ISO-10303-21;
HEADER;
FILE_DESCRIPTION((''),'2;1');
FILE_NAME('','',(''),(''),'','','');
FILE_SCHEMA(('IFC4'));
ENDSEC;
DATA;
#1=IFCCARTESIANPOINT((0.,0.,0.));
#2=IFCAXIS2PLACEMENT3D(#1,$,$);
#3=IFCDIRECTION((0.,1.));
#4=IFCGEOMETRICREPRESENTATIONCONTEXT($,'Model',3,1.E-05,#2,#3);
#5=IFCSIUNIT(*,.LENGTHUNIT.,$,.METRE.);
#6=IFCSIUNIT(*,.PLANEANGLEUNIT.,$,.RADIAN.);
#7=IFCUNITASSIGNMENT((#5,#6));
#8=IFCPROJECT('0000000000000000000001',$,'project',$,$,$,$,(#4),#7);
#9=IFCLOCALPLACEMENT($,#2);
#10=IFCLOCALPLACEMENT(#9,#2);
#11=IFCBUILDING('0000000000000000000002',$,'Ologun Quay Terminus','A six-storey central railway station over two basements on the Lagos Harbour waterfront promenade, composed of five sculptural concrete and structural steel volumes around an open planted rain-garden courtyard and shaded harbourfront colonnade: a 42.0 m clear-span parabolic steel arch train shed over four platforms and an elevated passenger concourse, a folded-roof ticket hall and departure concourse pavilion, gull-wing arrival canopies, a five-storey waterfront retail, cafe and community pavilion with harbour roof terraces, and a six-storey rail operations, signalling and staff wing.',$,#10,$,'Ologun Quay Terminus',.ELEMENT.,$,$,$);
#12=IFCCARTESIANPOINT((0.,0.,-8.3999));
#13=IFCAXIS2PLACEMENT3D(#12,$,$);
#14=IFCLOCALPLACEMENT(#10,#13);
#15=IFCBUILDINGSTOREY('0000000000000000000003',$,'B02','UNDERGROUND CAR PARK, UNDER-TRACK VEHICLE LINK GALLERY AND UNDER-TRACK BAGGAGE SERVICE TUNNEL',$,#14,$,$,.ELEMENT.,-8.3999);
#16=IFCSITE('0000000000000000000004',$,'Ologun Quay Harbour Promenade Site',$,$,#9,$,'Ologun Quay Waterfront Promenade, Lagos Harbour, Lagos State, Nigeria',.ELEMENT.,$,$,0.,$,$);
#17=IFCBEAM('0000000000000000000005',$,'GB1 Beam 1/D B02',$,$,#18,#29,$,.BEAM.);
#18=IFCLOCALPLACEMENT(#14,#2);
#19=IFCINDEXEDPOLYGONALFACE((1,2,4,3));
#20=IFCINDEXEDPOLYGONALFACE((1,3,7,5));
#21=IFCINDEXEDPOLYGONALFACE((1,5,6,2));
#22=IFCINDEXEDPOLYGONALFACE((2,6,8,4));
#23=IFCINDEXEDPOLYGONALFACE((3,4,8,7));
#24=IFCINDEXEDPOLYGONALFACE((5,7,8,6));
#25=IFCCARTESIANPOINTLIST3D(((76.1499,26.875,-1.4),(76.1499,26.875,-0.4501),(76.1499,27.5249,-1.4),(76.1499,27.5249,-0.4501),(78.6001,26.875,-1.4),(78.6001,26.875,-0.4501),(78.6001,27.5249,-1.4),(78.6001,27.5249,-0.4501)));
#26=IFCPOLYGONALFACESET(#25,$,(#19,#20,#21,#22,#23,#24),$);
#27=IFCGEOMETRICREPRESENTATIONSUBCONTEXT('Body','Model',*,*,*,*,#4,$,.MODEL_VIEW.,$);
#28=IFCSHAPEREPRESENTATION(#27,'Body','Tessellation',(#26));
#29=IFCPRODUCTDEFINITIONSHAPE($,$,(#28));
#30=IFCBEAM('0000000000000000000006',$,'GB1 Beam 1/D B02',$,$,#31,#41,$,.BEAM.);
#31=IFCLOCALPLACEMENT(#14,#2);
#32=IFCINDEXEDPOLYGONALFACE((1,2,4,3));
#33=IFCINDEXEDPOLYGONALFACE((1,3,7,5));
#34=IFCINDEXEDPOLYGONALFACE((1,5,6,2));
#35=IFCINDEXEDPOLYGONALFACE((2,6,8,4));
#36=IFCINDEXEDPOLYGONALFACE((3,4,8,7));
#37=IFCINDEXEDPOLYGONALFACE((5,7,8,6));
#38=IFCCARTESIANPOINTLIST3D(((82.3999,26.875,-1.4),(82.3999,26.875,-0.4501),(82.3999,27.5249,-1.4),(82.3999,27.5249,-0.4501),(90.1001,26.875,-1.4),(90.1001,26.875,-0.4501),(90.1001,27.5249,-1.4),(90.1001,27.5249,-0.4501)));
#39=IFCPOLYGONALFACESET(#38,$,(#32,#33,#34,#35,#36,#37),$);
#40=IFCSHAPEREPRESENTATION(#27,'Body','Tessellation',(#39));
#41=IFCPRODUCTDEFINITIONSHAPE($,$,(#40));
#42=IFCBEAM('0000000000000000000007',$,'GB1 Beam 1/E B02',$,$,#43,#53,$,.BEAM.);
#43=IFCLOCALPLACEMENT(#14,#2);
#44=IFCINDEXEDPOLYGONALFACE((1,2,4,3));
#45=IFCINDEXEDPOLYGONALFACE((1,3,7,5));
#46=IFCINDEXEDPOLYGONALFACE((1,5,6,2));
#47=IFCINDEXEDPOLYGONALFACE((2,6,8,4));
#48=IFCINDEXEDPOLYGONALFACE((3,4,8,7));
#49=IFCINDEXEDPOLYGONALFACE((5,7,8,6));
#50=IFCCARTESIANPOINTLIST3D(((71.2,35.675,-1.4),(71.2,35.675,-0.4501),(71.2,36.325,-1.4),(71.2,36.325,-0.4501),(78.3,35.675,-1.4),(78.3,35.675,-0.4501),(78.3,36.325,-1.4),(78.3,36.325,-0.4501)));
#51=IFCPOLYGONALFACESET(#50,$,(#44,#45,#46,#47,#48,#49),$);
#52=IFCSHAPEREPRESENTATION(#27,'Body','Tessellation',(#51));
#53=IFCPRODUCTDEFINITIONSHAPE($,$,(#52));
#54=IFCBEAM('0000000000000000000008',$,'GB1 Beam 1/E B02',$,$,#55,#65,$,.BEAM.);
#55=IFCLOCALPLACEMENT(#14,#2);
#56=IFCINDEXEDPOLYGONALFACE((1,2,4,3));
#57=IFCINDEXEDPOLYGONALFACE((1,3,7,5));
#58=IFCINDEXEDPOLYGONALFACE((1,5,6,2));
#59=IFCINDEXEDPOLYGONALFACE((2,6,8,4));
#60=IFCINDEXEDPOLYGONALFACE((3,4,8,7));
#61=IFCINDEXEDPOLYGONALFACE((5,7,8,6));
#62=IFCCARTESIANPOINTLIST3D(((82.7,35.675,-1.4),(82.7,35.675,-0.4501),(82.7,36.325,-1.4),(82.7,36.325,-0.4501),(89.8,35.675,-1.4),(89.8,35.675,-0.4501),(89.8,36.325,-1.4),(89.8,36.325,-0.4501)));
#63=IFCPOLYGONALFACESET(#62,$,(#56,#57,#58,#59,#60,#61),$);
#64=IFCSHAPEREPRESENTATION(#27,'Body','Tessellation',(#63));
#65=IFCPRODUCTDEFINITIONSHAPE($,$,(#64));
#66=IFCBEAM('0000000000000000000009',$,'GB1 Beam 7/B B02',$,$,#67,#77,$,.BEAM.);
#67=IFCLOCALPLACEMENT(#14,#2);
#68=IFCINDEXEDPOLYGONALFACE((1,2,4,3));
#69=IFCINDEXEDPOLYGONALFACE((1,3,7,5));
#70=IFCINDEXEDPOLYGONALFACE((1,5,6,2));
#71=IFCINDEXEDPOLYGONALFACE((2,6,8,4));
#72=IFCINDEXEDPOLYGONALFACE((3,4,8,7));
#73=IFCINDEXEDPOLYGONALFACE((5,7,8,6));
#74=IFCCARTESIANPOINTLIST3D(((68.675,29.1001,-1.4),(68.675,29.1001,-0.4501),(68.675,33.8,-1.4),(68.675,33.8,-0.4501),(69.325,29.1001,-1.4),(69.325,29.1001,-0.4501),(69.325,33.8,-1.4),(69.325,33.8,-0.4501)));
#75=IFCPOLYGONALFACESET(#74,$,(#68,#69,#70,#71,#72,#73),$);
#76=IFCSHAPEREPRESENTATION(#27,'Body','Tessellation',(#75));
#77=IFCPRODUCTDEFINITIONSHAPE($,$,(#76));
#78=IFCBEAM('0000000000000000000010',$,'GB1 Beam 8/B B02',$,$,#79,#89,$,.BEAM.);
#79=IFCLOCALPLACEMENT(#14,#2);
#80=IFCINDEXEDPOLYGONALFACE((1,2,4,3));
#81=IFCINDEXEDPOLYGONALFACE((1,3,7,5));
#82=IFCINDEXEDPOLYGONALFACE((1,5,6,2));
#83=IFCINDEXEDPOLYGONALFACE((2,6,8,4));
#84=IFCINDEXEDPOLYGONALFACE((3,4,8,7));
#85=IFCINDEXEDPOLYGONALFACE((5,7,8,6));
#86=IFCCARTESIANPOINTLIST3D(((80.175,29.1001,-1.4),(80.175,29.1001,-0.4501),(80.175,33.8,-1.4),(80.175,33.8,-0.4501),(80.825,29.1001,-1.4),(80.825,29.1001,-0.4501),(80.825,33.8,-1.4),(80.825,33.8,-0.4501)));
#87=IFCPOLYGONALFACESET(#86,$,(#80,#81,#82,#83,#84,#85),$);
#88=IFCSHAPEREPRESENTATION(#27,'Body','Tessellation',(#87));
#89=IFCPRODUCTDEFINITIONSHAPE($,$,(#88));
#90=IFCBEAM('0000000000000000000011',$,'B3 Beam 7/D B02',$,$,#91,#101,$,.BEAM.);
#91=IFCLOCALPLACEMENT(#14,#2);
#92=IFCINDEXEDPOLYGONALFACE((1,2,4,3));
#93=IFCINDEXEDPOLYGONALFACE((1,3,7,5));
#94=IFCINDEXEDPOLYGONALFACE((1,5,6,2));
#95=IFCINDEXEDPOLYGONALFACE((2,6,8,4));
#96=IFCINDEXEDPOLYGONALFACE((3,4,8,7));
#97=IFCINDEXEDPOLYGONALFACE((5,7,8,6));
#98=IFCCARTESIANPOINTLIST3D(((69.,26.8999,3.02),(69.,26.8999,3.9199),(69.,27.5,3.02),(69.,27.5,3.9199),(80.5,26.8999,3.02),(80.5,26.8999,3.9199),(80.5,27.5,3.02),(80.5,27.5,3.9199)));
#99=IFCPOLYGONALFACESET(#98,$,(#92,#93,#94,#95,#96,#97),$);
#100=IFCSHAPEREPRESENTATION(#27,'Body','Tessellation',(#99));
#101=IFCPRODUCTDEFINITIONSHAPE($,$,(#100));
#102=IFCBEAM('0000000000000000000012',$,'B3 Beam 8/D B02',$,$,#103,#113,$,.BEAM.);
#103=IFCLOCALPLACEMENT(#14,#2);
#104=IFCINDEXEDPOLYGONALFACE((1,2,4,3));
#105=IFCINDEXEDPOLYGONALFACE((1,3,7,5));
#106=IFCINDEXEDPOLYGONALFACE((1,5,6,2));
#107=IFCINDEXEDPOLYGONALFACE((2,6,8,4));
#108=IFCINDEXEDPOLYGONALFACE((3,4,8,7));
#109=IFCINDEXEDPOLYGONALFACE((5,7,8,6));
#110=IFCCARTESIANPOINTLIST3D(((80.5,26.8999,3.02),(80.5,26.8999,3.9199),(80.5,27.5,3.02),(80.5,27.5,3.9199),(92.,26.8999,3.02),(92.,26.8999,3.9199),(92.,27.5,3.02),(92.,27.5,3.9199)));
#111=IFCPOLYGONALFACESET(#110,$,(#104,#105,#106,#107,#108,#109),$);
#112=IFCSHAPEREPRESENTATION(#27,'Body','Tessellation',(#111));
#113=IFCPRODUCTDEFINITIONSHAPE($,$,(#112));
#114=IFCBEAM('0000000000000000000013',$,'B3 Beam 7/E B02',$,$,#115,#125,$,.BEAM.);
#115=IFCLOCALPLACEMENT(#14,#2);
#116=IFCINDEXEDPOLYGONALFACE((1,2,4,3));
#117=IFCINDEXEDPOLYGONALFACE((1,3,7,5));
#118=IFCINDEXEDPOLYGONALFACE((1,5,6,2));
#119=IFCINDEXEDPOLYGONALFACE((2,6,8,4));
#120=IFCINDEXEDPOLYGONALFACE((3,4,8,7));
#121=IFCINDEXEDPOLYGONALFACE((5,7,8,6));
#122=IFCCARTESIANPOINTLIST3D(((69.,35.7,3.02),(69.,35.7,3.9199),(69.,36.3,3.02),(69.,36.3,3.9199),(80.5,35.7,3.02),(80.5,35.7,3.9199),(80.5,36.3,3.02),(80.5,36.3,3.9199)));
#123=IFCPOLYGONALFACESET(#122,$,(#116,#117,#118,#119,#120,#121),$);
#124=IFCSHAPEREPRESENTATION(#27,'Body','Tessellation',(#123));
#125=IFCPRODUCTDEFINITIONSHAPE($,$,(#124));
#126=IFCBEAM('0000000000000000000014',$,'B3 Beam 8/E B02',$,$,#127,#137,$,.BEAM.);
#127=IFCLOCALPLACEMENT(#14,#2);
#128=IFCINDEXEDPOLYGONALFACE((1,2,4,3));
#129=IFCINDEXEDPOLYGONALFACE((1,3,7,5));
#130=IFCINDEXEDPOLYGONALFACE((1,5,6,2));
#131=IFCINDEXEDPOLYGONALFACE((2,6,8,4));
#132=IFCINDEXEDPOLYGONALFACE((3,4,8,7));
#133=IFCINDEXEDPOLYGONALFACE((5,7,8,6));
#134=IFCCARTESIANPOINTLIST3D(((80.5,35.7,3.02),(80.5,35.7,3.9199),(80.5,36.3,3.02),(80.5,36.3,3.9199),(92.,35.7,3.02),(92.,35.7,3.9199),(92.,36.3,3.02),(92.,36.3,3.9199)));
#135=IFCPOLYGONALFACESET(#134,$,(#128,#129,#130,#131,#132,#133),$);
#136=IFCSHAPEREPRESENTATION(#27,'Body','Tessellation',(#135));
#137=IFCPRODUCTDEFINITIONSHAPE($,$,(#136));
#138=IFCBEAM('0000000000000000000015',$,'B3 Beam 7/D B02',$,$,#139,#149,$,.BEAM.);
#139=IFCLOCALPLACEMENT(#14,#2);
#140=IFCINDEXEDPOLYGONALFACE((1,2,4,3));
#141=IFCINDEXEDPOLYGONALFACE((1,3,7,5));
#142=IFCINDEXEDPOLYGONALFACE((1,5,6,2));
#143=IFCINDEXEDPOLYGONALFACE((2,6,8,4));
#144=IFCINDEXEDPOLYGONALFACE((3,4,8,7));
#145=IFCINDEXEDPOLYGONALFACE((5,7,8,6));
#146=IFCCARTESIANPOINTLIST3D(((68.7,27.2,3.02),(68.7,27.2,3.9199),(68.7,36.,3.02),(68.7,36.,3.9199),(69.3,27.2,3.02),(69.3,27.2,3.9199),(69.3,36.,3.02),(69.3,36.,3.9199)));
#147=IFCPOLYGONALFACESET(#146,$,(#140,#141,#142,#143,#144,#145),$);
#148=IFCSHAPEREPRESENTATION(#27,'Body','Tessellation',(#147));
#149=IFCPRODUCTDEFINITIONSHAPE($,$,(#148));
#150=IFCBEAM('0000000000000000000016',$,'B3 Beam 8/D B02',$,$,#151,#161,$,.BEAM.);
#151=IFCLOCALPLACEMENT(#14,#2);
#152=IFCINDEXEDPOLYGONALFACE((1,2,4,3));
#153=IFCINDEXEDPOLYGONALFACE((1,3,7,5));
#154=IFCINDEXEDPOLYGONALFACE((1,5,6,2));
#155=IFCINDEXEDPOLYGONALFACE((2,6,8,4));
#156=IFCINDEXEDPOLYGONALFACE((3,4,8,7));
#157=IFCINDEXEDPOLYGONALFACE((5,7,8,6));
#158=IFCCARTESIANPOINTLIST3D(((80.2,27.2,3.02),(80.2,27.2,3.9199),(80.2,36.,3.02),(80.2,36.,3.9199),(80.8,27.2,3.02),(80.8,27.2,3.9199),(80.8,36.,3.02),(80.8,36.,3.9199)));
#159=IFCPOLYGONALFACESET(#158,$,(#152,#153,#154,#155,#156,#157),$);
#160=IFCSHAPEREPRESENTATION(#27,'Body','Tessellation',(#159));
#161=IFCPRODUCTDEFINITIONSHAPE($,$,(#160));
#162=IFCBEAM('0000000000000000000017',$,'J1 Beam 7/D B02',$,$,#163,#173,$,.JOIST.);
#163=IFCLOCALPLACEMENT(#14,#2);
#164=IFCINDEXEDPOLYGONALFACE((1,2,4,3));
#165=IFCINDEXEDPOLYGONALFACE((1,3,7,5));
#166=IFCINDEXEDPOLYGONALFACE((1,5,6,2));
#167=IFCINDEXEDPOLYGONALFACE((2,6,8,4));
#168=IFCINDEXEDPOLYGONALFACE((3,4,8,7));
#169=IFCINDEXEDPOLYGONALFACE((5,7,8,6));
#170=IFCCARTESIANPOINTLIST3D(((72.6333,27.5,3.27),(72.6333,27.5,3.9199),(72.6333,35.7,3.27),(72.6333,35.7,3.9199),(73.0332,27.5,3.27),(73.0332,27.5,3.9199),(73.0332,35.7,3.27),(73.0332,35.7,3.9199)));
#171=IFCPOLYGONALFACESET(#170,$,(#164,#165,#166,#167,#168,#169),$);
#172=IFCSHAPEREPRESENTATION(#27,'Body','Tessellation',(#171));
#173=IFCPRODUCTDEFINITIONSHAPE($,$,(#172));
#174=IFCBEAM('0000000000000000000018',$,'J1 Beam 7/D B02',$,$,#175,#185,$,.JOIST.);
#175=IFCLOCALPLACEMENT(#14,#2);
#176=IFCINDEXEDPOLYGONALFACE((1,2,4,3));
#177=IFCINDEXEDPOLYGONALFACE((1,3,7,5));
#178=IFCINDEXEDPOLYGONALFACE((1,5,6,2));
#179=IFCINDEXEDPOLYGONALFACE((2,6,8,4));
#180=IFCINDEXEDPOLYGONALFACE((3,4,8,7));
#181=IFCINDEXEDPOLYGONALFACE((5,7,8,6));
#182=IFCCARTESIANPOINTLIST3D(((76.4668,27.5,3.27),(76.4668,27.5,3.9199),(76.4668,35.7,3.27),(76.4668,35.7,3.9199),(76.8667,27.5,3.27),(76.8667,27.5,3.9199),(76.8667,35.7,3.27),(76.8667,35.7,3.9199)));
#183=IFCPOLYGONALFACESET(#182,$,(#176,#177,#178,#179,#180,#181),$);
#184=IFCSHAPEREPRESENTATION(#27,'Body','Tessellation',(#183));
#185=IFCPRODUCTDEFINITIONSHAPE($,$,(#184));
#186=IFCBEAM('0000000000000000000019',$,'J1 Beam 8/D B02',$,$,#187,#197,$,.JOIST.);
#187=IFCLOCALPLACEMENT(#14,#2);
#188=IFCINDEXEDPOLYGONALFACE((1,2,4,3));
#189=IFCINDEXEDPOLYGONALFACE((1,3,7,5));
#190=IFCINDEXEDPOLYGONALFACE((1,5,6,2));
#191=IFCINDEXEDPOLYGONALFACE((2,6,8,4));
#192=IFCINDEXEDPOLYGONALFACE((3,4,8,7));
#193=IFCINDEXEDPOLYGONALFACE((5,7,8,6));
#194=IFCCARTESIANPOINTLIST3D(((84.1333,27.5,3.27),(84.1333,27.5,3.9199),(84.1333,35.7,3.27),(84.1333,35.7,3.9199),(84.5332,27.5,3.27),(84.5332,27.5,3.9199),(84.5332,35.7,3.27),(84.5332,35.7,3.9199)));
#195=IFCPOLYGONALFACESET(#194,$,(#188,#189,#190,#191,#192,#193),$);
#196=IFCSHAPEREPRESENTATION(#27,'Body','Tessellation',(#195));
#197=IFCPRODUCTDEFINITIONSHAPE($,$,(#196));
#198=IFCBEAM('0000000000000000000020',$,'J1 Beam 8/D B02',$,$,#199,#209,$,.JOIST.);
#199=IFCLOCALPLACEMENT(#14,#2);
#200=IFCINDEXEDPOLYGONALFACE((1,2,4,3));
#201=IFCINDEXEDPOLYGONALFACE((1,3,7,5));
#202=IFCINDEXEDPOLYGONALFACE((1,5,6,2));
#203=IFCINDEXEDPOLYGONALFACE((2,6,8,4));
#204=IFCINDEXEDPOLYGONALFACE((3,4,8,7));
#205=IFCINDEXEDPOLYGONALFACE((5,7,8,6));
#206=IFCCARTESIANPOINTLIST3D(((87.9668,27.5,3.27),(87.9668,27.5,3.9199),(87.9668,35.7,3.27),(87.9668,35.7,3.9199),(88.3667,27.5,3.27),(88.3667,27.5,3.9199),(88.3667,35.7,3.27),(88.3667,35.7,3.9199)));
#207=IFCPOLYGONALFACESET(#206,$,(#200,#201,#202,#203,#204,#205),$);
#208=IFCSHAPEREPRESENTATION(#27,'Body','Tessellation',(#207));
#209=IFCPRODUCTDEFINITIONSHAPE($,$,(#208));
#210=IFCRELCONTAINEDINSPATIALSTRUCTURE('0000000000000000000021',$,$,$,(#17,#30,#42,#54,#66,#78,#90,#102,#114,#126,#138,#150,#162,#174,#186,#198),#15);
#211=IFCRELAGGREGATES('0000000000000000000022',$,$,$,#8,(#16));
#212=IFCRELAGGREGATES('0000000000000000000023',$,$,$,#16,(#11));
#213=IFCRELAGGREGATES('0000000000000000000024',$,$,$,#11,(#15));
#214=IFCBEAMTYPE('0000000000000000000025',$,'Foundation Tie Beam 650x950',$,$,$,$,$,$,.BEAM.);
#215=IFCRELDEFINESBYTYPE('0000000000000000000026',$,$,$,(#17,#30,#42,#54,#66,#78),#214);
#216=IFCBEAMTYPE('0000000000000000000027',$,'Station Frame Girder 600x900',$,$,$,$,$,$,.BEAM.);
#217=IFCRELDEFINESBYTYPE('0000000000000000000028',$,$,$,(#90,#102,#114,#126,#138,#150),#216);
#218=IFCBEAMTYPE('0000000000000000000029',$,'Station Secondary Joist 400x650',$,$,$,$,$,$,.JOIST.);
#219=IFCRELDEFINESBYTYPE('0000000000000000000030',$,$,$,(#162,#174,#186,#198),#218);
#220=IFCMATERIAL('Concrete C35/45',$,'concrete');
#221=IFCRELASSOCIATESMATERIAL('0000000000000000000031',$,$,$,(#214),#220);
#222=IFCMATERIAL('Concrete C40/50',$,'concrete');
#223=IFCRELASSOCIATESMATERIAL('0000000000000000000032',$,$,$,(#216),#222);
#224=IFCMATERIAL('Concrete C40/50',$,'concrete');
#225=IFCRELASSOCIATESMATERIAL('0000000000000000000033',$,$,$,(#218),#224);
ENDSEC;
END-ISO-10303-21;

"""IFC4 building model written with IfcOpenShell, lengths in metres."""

from ifc_helpers import new_model, si_unit, direction, frame, origin, origin_2d, place, context, subcontext, project, spatial, rectangle, extrude, material, material_profile, profile_set, type_object, element, save


model = new_model("IFC4")

# Units and contexts
model_context = context("Model", 3, precision=1e-05, world=origin(), true_north=direction((0.0, 1.0)))
body_context = subcontext(model_context, "Body", "Model", "MODEL_VIEW")
ifc_project = project(units=[si_unit("LENGTHUNIT", "METRE"), si_unit("PLANEANGLEUNIT", "RADIAN")], contexts=[model_context])

# Site, building, storey
site_placement = place(None, origin())
site = spatial("IfcSite", under=ifc_project, at=site_placement, Name="Ologun Quay Harbour Promenade Site", LongName="Ologun Quay Waterfront Promenade, Lagos Harbour, Lagos State, Nigeria", CompositionType="ELEMENT", RefElevation=0.0)
building_placement = place(site_placement, origin())
building = spatial("IfcBuilding", under=site, at=building_placement, Name="Ologun Quay Terminus", Description="A six-storey central railway station over two basements on the Lagos Harbour waterfront promenade, composed of five sculptural concrete and structural steel volumes around an open planted rain-garden courtyard and shaded harbourfront colonnade: a 42.0 m clear-span parabolic steel arch train shed over four platforms and an elevated passenger concourse, a folded-roof ticket hall and departure concourse pavilion, gull-wing arrival canopies, a five-storey waterfront retail, cafe and community pavilion with harbour roof terraces, and a six-storey rail operations, signalling and staff wing.", LongName="Ologun Quay Terminus", CompositionType="ELEMENT")
storey_placement = place(building_placement, frame((0.0, 0.0, -8.3999)))
storey = spatial("IfcBuildingStorey", under=building, at=storey_placement, Name="B02", Description="UNDERGROUND CAR PARK, UNDER-TRACK VEHICLE LINK GALLERY AND UNDER-TRACK BAGGAGE SERVICE TUNNEL", CompositionType="ELEMENT", Elevation=-8.3999)

# Beams
ifc_material_1 = material(Name="Concrete C35/45", Category="concrete")
ifc_material_profile_1 = material_profile(ifc_material_1, rectangle(XDim=0.6499, YDim=0.95, at=origin_2d()), Name="RC 650x950")
ifc_profile_set_1 = profile_set([ifc_material_profile_1], Name="Concrete C35/45")
beam_type_1 = type_object("IfcBeamType", Name="Foundation Tie Beam 650x950", PredefinedType="BEAM", material=ifc_profile_set_1)
for number, where, z_axis, x_axis, name in (
    (1, (76.1499, 27.2, -0.925), (1.0, 0.0, 0.0), (0.0, 1.0, 0.0), "GB1 Beam 1/D B02"),
):
    element("IfcBeam", number, at=place(storey_placement, frame(where, z_axis=z_axis, x_axis=x_axis)), inside=storey, type_object=beam_type_1, Name=name, PredefinedType="BEAM", context=body_context, shape_type="SweptSolid", body=[
        extrude(rectangle(XDim=0.6499, YDim=0.95, at=origin_2d()), origin(), (0.0, 0.0, 1.0), 2.4502),
    ])
beam_placement = place(storey_placement, frame((82.3999, 27.2, -0.925), z_axis=(1.0, 0.0, 0.0), x_axis=(0.0, 1.0, 0.0)))
element("IfcBeam", 2, at=beam_placement, inside=storey, type_object=beam_type_1, Name="GB1 Beam 1/D B02", PredefinedType="BEAM", context=body_context, shape_type="SweptSolid", body=[
    extrude(rectangle(XDim=0.6499, YDim=0.95, at=origin_2d()), origin(), (0.0, 0.0, 1.0), 7.7002),
])
for number, where, z_axis, x_axis, name in (
    (3, (71.2, 36.0, -0.925), (1.0, 0.0, 0.0), (0.0, 1.0, 0.0), "GB1 Beam 1/E B02"),
    (4, (82.7, 36.0, -0.925), (1.0, 0.0, 0.0), (0.0, 1.0, 0.0), "GB1 Beam 1/E B02"),
):
    element("IfcBeam", number, at=place(storey_placement, frame(where, z_axis=z_axis, x_axis=x_axis)), inside=storey, type_object=beam_type_1, Name=name, PredefinedType="BEAM", context=body_context, shape_type="SweptSolid", body=[
        extrude(rectangle(XDim=0.6499, YDim=0.95, at=origin_2d()), origin(), (0.0, 0.0, 1.0), 7.1001),
    ])
for number, where, z_axis, x_axis, name in (
    (5, (69.0, 29.1001, -0.925), (0.0, 1.0, 0.0), (-1.0, 0.0, 0.0), "GB1 Beam 7/B B02"),
    (6, (80.5, 29.1001, -0.925), (0.0, 1.0, 0.0), (-1.0, 0.0, 0.0), "GB1 Beam 8/B B02"),
):
    element("IfcBeam", number, at=place(storey_placement, frame(where, z_axis=z_axis, x_axis=x_axis)), inside=storey, type_object=beam_type_1, Name=name, PredefinedType="BEAM", context=body_context, shape_type="SweptSolid", body=[
        extrude(rectangle(XDim=0.6499, YDim=0.95, at=origin_2d()), origin(), (0.0, 0.0, 1.0), 4.7),
    ])
ifc_material_2 = material(Name="Concrete C40/50", Category="concrete")
ifc_material_profile_2 = material_profile(ifc_material_2, rectangle(XDim=0.6001, YDim=0.8999, at=origin_2d()), Name="RC 600x900")
ifc_profile_set_2 = profile_set([ifc_material_profile_2], Name="Concrete C40/50")
beam_type_2 = type_object("IfcBeamType", Name="Station Frame Girder 600x900", PredefinedType="BEAM", material=ifc_profile_set_2)
for number, where, z_axis, x_axis, name in (
    (7, (69.0, 27.2, 3.47), (1.0, 0.0, 0.0), (0.0, 1.0, 0.0), "B3 Beam 7/D B02"),
    (8, (80.5, 27.2, 3.47), (1.0, 0.0, 0.0), (0.0, 1.0, 0.0), "B3 Beam 8/D B02"),
    (9, (69.0, 36.0, 3.47), (1.0, 0.0, 0.0), (0.0, 1.0, 0.0), "B3 Beam 7/E B02"),
    (10, (80.5, 36.0, 3.47), (1.0, 0.0, 0.0), (0.0, 1.0, 0.0), "B3 Beam 8/E B02"),
):
    element("IfcBeam", number, at=place(storey_placement, frame(where, z_axis=z_axis, x_axis=x_axis)), inside=storey, type_object=beam_type_2, Name=name, PredefinedType="BEAM", context=body_context, shape_type="SweptSolid", body=[
        extrude(rectangle(XDim=0.6001, YDim=0.8999, at=origin_2d()), origin(), (0.0, 0.0, 1.0), 11.5),
    ])
for number, where, z_axis, x_axis, name in (
    (11, (69.0, 27.2, 3.47), (0.0, 1.0, 0.0), (-1.0, 0.0, 0.0), "B3 Beam 7/D B02"),
    (12, (80.5, 27.2, 3.47), (0.0, 1.0, 0.0), (-1.0, 0.0, 0.0), "B3 Beam 8/D B02"),
):
    element("IfcBeam", number, at=place(storey_placement, frame(where, z_axis=z_axis, x_axis=x_axis)), inside=storey, type_object=beam_type_2, Name=name, PredefinedType="BEAM", context=body_context, shape_type="SweptSolid", body=[
        extrude(rectangle(XDim=0.6001, YDim=0.8999, at=origin_2d()), origin(), (0.0, 0.0, 1.0), 8.8),
    ])
ifc_material_3 = material(Name="Concrete C40/50", Category="concrete")
ifc_material_profile_3 = material_profile(ifc_material_3, rectangle(XDim=0.3999, YDim=0.6499, at=origin_2d()), Name="RC 400x650")
ifc_profile_set_3 = profile_set([ifc_material_profile_3], Name="Concrete C40/50")
beam_type_3 = type_object("IfcBeamType", Name="Station Secondary Joist 400x650", PredefinedType="JOIST", material=ifc_profile_set_3)
for number, where, z_axis, x_axis, name in (
    (13, (72.8333, 27.5, 3.595), (0.0, 1.0, 0.0), (-1.0, 0.0, 0.0), "J1 Beam 7/D B02"),
    (14, (76.6667, 27.5, 3.595), (0.0, 1.0, 0.0), (-1.0, 0.0, 0.0), "J1 Beam 7/D B02"),
    (15, (84.3333, 27.5, 3.595), (0.0, 1.0, 0.0), (-1.0, 0.0, 0.0), "J1 Beam 8/D B02"),
    (16, (88.1667, 27.5, 3.595), (0.0, 1.0, 0.0), (-1.0, 0.0, 0.0), "J1 Beam 8/D B02"),
):
    element("IfcBeam", number, at=place(storey_placement, frame(where, z_axis=z_axis, x_axis=x_axis)), inside=storey, type_object=beam_type_3, Name=name, PredefinedType="JOIST", context=body_context, shape_type="SweptSolid", body=[
        extrude(rectangle(XDim=0.3999, YDim=0.6499, at=origin_2d()), origin(), (0.0, 0.0, 1.0), 8.2),
    ])

save(model, "model.ifc")
